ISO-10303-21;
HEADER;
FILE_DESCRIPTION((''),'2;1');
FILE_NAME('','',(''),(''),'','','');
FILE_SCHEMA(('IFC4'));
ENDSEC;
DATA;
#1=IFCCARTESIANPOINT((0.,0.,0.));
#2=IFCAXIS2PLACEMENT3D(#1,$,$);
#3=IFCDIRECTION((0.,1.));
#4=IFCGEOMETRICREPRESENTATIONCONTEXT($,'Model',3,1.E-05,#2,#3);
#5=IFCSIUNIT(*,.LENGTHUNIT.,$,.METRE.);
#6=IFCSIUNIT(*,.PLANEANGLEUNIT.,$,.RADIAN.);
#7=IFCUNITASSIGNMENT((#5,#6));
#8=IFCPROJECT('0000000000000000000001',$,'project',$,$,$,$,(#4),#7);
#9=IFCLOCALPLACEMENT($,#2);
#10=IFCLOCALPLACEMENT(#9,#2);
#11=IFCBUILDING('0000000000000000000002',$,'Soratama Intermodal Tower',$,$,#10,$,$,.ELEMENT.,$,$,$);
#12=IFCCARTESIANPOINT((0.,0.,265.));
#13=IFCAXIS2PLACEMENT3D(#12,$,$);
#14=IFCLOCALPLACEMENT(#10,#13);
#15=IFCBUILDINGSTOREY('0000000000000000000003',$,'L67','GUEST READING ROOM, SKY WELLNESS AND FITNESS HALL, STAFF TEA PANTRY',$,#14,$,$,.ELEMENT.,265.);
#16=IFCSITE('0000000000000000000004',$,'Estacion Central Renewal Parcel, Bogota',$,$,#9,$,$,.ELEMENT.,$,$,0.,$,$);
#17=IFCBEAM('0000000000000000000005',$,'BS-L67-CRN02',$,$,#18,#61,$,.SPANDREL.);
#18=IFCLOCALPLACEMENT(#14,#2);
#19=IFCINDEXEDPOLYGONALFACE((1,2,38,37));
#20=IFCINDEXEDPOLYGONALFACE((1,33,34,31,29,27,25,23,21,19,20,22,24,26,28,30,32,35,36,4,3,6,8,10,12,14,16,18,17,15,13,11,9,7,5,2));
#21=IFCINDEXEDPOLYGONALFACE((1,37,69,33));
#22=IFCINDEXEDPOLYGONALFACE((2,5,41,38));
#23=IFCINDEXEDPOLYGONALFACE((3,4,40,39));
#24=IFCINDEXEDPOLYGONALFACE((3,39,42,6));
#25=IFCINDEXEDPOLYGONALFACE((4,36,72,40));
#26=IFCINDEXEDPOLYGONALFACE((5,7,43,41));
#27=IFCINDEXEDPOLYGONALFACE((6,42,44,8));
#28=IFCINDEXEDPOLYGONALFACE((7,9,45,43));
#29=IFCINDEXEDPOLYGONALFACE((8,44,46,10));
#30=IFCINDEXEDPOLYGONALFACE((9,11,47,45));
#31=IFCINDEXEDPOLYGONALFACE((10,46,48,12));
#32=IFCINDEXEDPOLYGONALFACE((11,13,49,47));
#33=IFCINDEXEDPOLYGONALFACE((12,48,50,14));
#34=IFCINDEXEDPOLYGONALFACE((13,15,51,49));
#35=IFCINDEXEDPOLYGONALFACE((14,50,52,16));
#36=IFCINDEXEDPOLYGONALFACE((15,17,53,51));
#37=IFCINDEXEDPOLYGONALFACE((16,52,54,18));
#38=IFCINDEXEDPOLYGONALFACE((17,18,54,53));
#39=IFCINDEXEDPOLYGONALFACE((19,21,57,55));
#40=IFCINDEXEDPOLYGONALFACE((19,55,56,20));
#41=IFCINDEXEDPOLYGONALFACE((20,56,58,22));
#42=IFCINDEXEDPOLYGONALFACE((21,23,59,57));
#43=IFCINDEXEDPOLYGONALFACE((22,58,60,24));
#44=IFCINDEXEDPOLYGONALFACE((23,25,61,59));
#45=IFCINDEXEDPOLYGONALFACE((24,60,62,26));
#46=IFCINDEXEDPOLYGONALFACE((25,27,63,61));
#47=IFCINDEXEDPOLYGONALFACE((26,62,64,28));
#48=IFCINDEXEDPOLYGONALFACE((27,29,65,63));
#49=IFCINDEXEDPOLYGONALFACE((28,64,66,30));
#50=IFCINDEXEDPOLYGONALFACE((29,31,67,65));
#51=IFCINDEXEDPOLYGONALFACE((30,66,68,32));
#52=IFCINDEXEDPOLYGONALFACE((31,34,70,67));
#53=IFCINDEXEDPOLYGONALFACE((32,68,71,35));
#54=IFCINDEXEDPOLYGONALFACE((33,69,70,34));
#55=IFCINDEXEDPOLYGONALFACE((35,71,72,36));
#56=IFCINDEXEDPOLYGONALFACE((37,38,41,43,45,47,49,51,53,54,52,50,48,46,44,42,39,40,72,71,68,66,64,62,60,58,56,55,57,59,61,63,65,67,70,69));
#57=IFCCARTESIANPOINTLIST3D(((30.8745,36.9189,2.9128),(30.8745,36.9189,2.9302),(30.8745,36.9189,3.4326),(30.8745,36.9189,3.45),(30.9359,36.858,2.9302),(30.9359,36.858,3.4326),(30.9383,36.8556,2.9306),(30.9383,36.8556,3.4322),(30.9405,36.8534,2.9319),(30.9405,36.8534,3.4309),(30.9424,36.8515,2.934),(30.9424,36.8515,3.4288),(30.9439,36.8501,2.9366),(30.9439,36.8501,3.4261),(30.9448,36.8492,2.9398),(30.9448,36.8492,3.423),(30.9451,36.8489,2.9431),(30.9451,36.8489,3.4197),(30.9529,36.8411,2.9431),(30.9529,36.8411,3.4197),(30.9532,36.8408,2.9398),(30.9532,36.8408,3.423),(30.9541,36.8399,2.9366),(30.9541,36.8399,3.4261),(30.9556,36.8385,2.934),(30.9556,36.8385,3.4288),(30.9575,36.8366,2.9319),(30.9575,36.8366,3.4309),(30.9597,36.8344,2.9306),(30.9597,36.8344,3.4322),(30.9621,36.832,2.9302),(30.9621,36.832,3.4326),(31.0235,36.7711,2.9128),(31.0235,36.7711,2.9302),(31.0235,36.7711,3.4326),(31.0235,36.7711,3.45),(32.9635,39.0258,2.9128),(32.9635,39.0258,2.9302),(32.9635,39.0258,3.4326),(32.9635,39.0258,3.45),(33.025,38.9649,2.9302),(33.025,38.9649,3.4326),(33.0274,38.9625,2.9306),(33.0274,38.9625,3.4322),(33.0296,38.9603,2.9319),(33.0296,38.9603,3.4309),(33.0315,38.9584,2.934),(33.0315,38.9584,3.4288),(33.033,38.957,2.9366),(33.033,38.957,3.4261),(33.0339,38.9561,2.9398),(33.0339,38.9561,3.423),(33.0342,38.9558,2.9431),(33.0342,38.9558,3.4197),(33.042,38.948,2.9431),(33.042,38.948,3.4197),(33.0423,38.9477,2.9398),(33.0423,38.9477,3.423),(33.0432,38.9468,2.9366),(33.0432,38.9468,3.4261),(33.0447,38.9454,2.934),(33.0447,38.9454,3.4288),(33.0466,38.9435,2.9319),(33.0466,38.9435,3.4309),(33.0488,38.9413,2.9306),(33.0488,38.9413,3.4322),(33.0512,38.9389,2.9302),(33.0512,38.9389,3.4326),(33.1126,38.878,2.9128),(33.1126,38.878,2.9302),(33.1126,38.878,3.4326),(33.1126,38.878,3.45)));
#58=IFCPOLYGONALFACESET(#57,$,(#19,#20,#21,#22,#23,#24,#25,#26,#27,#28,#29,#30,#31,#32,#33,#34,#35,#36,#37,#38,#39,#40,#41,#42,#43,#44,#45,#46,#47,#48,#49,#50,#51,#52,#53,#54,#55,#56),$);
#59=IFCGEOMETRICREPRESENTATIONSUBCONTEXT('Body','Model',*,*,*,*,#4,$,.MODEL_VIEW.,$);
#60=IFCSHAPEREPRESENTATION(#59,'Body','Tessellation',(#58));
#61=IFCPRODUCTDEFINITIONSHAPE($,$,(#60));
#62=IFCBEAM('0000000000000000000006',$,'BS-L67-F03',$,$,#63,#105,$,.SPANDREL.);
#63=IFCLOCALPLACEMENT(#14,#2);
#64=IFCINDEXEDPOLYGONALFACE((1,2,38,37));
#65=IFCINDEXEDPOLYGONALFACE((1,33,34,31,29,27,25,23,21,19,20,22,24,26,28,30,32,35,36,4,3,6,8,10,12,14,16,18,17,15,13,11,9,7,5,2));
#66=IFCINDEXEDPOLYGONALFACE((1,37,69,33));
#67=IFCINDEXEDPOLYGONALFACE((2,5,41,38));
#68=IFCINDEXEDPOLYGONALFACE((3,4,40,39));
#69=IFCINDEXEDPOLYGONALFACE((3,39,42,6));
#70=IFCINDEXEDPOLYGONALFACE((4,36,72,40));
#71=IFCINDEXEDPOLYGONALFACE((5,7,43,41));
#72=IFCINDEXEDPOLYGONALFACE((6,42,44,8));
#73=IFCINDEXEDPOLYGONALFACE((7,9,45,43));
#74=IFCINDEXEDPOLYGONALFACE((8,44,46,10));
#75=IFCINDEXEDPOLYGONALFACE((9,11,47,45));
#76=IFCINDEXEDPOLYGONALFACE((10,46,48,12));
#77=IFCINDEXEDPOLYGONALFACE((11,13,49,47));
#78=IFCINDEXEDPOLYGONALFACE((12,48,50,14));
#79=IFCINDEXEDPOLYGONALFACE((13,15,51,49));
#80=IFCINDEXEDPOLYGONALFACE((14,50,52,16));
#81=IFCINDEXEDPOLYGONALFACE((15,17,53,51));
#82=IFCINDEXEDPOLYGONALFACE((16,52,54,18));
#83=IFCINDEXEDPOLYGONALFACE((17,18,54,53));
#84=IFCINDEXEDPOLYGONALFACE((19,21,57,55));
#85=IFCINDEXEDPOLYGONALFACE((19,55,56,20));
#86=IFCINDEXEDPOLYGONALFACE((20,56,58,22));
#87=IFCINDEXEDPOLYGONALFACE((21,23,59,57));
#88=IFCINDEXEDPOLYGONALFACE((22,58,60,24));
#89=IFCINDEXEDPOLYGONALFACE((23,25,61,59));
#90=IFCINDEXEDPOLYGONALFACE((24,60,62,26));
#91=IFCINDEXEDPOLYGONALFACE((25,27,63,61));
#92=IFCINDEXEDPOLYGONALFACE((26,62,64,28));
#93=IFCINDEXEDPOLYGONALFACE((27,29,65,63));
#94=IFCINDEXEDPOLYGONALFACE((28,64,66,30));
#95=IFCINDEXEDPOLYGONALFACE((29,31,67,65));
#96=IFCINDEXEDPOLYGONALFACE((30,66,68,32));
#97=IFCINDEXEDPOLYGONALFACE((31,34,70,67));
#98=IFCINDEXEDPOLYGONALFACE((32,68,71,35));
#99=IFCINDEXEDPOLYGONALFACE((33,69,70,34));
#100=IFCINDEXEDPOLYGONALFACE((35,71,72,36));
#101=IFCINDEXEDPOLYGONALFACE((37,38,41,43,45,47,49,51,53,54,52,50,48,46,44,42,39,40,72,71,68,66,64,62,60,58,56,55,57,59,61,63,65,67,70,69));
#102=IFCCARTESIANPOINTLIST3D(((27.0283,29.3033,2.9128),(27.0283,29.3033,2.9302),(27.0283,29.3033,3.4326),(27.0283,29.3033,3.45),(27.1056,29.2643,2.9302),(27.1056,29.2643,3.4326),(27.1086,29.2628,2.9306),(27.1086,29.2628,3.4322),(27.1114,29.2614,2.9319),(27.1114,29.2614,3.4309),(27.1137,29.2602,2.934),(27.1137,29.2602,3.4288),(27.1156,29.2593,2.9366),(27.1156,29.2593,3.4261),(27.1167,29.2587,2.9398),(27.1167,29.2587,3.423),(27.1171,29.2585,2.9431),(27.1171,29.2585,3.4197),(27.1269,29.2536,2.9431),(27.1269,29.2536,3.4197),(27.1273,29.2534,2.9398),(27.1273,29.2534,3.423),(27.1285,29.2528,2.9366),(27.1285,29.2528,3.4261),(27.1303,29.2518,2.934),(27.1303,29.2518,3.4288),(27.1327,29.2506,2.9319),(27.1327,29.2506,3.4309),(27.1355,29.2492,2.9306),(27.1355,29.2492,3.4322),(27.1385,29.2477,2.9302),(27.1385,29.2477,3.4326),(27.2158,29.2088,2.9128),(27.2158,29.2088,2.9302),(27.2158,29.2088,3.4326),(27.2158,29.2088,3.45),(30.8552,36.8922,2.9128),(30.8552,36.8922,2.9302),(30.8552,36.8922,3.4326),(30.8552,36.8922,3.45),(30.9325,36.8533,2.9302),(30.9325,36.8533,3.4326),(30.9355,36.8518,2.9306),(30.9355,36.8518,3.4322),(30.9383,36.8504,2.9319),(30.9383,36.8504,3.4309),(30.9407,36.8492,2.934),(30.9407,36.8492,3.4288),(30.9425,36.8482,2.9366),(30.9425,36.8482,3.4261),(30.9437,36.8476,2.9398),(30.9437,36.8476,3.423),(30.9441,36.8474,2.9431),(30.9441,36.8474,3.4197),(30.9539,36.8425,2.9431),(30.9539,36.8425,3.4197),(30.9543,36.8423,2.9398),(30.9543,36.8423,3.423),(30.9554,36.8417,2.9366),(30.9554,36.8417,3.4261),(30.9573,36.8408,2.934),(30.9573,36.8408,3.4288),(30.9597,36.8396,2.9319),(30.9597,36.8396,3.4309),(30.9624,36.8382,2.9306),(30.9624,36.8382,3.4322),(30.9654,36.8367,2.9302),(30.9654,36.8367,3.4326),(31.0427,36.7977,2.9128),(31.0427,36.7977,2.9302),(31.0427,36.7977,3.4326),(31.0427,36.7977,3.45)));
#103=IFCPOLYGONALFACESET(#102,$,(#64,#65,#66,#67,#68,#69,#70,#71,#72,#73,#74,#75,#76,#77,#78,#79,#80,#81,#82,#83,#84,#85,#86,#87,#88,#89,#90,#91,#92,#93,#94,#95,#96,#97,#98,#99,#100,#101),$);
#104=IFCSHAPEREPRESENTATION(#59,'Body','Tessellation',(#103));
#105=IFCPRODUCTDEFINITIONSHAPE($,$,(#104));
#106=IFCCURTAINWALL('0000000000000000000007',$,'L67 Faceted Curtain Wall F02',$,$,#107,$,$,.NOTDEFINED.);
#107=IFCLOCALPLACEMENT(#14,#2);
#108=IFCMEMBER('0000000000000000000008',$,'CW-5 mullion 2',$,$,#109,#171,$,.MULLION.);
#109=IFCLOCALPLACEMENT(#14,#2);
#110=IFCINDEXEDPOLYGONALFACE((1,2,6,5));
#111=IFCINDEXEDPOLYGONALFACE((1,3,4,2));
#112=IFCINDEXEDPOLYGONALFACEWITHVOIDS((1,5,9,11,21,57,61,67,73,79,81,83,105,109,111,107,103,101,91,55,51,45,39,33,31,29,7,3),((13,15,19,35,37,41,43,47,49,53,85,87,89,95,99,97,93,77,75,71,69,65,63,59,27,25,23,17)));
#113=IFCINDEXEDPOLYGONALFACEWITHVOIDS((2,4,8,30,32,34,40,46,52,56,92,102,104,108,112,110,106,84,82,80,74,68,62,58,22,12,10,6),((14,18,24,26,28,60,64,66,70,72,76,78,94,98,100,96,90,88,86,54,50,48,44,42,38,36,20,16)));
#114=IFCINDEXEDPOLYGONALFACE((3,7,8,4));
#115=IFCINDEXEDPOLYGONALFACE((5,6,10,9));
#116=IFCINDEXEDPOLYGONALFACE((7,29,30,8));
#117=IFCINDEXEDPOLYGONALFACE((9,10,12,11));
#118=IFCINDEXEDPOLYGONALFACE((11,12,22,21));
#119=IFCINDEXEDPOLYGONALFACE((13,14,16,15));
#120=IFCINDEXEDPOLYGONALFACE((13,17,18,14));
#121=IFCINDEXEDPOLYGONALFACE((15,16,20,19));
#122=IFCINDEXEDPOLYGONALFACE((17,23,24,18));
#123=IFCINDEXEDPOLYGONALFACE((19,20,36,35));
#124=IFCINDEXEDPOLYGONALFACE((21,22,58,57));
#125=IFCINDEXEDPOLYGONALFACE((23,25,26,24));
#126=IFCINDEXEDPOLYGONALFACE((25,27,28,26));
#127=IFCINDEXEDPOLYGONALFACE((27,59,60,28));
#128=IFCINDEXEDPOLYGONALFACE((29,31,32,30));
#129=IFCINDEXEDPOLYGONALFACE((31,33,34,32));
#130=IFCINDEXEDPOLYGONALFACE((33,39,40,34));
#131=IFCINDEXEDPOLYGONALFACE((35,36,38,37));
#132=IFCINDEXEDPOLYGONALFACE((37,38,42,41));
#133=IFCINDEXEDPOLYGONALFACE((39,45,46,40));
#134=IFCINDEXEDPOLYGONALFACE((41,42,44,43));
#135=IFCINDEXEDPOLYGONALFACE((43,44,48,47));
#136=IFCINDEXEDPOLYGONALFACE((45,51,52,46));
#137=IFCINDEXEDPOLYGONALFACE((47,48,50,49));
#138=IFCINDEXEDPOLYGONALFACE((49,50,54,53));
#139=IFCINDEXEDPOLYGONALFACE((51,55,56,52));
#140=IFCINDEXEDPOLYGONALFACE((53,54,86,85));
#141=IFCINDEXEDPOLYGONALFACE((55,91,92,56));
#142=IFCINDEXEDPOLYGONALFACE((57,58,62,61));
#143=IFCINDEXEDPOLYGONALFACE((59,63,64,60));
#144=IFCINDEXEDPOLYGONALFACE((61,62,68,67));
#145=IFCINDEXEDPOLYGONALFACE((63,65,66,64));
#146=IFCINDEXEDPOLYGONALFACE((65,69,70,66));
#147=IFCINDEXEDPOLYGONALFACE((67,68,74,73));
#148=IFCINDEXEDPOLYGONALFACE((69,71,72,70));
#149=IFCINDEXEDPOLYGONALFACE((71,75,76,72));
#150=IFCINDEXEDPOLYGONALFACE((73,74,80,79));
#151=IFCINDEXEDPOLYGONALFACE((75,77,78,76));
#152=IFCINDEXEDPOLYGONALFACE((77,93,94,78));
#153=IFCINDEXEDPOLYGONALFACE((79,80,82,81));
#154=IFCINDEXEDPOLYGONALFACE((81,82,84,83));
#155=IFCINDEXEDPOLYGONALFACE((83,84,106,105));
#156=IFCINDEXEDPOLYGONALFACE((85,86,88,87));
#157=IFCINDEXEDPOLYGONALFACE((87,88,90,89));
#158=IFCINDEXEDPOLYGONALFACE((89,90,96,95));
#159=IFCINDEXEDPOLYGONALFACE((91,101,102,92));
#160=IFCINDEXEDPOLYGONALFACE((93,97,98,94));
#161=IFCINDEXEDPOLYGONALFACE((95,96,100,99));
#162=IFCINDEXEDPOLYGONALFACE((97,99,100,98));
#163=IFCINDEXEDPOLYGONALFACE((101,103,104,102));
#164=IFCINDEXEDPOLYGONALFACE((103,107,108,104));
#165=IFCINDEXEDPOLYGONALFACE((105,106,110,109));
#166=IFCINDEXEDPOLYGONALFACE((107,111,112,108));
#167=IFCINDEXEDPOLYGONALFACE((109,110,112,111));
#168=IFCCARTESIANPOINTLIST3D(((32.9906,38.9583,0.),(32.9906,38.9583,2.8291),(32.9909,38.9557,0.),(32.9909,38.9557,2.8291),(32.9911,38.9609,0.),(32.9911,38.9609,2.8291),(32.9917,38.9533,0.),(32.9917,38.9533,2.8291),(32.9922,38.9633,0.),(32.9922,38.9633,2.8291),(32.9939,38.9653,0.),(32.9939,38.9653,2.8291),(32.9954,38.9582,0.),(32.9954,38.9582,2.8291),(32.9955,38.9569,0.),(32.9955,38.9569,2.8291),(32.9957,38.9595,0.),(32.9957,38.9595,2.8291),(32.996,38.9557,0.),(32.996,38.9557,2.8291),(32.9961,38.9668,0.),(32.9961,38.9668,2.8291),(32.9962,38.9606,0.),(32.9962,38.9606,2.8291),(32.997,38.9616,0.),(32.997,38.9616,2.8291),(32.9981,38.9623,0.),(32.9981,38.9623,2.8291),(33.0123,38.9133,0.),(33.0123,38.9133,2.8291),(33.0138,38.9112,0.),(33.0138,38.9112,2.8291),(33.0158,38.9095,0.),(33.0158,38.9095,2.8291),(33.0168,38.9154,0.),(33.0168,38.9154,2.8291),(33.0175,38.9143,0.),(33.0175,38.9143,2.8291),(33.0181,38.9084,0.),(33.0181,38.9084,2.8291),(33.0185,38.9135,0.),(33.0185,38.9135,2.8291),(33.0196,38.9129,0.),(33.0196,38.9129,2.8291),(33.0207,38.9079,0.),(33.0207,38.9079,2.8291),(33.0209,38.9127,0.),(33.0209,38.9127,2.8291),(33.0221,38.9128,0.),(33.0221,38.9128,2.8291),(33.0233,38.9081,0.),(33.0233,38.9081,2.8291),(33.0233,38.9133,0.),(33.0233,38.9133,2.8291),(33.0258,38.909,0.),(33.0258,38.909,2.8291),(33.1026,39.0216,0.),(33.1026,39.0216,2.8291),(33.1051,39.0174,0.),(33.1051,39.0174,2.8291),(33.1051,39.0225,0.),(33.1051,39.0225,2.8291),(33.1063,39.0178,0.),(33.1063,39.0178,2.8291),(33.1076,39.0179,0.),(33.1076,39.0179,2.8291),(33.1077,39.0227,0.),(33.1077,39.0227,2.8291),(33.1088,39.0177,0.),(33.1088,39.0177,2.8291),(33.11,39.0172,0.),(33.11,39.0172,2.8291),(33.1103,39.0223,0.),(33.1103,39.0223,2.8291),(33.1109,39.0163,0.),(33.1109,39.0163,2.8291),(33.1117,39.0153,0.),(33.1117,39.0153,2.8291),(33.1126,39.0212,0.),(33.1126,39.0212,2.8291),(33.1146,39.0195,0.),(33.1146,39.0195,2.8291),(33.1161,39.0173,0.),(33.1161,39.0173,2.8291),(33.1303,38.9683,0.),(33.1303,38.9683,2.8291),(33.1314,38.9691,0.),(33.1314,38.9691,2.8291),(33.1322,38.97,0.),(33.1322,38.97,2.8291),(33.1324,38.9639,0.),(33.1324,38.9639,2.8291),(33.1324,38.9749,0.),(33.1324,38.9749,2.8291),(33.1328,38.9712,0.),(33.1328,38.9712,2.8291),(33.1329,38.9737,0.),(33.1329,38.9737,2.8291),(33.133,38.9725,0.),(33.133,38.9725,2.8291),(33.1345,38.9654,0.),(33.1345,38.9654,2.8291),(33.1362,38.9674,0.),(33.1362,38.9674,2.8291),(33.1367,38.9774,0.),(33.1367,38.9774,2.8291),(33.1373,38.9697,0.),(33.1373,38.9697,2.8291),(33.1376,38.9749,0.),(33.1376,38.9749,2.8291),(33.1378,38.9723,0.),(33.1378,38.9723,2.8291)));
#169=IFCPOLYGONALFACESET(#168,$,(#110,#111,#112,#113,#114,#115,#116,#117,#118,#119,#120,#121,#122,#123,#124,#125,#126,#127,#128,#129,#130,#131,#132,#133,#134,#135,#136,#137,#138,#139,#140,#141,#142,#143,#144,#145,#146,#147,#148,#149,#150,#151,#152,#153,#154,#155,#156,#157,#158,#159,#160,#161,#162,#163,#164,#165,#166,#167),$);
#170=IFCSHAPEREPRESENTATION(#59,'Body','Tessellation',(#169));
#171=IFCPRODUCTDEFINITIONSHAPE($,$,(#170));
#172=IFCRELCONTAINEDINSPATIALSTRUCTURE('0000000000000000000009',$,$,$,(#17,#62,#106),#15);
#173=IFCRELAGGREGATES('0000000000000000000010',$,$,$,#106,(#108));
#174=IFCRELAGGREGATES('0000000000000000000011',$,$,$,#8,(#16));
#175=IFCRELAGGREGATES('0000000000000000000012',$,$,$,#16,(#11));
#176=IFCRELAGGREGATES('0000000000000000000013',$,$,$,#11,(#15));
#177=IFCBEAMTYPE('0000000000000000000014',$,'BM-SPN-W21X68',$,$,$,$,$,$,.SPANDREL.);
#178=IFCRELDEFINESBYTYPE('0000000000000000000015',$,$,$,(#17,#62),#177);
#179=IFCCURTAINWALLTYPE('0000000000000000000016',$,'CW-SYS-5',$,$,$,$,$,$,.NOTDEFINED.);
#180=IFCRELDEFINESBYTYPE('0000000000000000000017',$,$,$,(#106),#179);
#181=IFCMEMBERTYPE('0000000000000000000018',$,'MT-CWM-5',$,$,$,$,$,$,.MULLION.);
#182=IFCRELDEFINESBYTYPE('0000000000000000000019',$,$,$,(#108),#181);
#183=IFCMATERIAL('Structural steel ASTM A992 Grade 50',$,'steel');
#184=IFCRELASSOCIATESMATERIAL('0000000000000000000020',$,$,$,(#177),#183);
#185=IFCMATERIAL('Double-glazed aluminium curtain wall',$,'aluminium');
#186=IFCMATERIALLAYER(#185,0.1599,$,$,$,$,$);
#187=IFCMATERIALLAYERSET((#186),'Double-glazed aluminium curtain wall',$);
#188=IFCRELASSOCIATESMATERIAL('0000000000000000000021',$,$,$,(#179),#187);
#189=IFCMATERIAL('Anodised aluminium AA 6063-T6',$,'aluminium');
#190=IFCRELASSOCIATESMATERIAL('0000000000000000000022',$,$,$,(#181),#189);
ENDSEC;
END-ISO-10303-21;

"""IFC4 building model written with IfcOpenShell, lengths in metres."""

from ifc_helpers import new_model, si_unit, direction, frame, origin, origin_2d, place, context, subcontext, project, spatial, hollow_rectangle, i_section, extrude, material, layer, layer_set, material_profile, profile_set, type_object, element, aggregate, save


model = new_model("IFC4")

# Units and contexts
model_context = context("Model", 3, precision=1e-05, world=origin(), true_north=direction((0.0, 1.0)))
body_context = subcontext(model_context, "Body", "Model", "MODEL_VIEW")
ifc_project = project(units=[si_unit("LENGTHUNIT", "METRE"), si_unit("PLANEANGLEUNIT", "RADIAN")], contexts=[model_context])

# Site, building, storey
site_placement = place(None, origin())
site = spatial("IfcSite", under=ifc_project, at=site_placement, Name="Estacion Central Renewal Parcel, Bogota", CompositionType="ELEMENT", RefElevation=0.0)
building_placement = place(site_placement, origin())
building = spatial("IfcBuilding", under=site, at=building_placement, Name="Soratama Intermodal Tower", CompositionType="ELEMENT")
storey_placement = place(building_placement, frame((0.0, 0.0, 265.0)))
storey = spatial("IfcBuildingStorey", under=building, at=storey_placement, Name="L67", Description="GUEST READING ROOM, SKY WELLNESS AND FITNESS HALL, STAFF TEA PANTRY", CompositionType="ELEMENT", Elevation=265.0)

# Beams
ifc_material_1 = material(Name="Structural steel ASTM A992 Grade 50", Category="steel")
ifc_material_profile_1 = material_profile(ifc_material_1, i_section(OverallWidth=0.21, OverallDepth=0.5371, WebThickness=0.011, FlangeThickness=0.0173, FilletRadius=0.0129, at=origin_2d()), Name="W21X68")
ifc_profile_set_1 = profile_set([ifc_material_profile_1], Name="Structural steel ASTM A992 Grade 50")
beam_type_1 = type_object("IfcBeamType", Name="BM-SPN-W21X68", PredefinedType="SPANDREL", material=ifc_profile_set_1)
beam_1_placement = place(storey_placement, frame((33.0381, 38.9519, 3.1814), z_axis=(-0.704097, -0.710104, 0.0), x_axis=(0.710104, -0.704097, 0.0)))
element("IfcBeam", 1, at=beam_1_placement, inside=storey, type_object=beam_type_1, Name="BS-L67-CRN02", PredefinedType="SPANDREL", context=body_context, shape_type="SweptSolid", body=[
    extrude(i_section(OverallWidth=0.21, OverallDepth=0.5371, WebThickness=0.011, FlangeThickness=0.0173, FilletRadius=0.0129, at=origin_2d()), origin(), (0.0, 0.0, 1.0), 2.967),
])
beam_2_placement = place(storey_placement, frame((30.949, 36.845, 3.1814), z_axis=(-0.450267, -0.892894, 0.0), x_axis=(0.892894, -0.450267, 0.0)))
element("IfcBeam", 2, at=beam_2_placement, inside=storey, type_object=beam_type_1, Name="BS-L67-F03", PredefinedType="SPANDREL", context=body_context, shape_type="SweptSolid", body=[
    extrude(i_section(OverallWidth=0.21, OverallDepth=0.5371, WebThickness=0.011, FlangeThickness=0.0173, FilletRadius=0.0129, at=origin_2d()), origin(), (0.0, 0.0, 1.0), 8.4993),
])

# Curtain wall, member
ifc_material_2 = material(Name="Double-glazed aluminium curtain wall", Category="aluminium")
ifc_layer_1 = layer(ifc_material_2, 0.1599)
ifc_layer_set_1 = layer_set([ifc_layer_1], Name="Double-glazed aluminium curtain wall")
curtain_wall_type = type_object("IfcCurtainWallType", Name="CW-SYS-5", PredefinedType="NOTDEFINED", material=ifc_layer_set_1)
curtain_wall_1_placement = place(storey_placement, origin())
curtain_wall_1 = element("IfcCurtainWall", 3, at=curtain_wall_1_placement, inside=storey, type_object=curtain_wall_type, Name="L67 Faceted Curtain Wall F02", PredefinedType="NOTDEFINED")
ifc_material_3 = material(Name="Anodised aluminium AA 6063-T6", Category="aluminium")
ifc_material_profile_2 = material_profile(ifc_material_3, hollow_rectangle(XDim=0.0649, YDim=0.1399, WallThickness=0.0049, InnerFilletRadius=0.0049, OuterFilletRadius=0.01, at=origin_2d()), Name="CWM140X65X5")
ifc_profile_set_2 = profile_set([ifc_material_profile_2], Name="Anodised aluminium AA 6063-T6")
member_type_1 = type_object("IfcMemberType", Name="MT-CWM-5", PredefinedType="MULLION", material=ifc_profile_set_2)
member_1_placement = place(storey_placement, frame((33.0642, 38.9653, 0.0), z_axis=(0.0, 0.0, 1.0), x_axis=(0.457719, -0.889097, 0.0)))
member_1 = element("IfcMember", 4, at=member_1_placement, type_object=member_type_1, Name="CW-5 mullion 2", PredefinedType="MULLION", context=body_context, shape_type="SweptSolid", body=[
    extrude(hollow_rectangle(XDim=0.0649, YDim=0.1399, WallThickness=0.0049, InnerFilletRadius=0.0049, OuterFilletRadius=0.01, at=origin_2d()), origin(), (0.0, 0.0, 1.0), 2.8291),
])
aggregate(curtain_wall_1, [member_1])

save(model, "model.ifc")
